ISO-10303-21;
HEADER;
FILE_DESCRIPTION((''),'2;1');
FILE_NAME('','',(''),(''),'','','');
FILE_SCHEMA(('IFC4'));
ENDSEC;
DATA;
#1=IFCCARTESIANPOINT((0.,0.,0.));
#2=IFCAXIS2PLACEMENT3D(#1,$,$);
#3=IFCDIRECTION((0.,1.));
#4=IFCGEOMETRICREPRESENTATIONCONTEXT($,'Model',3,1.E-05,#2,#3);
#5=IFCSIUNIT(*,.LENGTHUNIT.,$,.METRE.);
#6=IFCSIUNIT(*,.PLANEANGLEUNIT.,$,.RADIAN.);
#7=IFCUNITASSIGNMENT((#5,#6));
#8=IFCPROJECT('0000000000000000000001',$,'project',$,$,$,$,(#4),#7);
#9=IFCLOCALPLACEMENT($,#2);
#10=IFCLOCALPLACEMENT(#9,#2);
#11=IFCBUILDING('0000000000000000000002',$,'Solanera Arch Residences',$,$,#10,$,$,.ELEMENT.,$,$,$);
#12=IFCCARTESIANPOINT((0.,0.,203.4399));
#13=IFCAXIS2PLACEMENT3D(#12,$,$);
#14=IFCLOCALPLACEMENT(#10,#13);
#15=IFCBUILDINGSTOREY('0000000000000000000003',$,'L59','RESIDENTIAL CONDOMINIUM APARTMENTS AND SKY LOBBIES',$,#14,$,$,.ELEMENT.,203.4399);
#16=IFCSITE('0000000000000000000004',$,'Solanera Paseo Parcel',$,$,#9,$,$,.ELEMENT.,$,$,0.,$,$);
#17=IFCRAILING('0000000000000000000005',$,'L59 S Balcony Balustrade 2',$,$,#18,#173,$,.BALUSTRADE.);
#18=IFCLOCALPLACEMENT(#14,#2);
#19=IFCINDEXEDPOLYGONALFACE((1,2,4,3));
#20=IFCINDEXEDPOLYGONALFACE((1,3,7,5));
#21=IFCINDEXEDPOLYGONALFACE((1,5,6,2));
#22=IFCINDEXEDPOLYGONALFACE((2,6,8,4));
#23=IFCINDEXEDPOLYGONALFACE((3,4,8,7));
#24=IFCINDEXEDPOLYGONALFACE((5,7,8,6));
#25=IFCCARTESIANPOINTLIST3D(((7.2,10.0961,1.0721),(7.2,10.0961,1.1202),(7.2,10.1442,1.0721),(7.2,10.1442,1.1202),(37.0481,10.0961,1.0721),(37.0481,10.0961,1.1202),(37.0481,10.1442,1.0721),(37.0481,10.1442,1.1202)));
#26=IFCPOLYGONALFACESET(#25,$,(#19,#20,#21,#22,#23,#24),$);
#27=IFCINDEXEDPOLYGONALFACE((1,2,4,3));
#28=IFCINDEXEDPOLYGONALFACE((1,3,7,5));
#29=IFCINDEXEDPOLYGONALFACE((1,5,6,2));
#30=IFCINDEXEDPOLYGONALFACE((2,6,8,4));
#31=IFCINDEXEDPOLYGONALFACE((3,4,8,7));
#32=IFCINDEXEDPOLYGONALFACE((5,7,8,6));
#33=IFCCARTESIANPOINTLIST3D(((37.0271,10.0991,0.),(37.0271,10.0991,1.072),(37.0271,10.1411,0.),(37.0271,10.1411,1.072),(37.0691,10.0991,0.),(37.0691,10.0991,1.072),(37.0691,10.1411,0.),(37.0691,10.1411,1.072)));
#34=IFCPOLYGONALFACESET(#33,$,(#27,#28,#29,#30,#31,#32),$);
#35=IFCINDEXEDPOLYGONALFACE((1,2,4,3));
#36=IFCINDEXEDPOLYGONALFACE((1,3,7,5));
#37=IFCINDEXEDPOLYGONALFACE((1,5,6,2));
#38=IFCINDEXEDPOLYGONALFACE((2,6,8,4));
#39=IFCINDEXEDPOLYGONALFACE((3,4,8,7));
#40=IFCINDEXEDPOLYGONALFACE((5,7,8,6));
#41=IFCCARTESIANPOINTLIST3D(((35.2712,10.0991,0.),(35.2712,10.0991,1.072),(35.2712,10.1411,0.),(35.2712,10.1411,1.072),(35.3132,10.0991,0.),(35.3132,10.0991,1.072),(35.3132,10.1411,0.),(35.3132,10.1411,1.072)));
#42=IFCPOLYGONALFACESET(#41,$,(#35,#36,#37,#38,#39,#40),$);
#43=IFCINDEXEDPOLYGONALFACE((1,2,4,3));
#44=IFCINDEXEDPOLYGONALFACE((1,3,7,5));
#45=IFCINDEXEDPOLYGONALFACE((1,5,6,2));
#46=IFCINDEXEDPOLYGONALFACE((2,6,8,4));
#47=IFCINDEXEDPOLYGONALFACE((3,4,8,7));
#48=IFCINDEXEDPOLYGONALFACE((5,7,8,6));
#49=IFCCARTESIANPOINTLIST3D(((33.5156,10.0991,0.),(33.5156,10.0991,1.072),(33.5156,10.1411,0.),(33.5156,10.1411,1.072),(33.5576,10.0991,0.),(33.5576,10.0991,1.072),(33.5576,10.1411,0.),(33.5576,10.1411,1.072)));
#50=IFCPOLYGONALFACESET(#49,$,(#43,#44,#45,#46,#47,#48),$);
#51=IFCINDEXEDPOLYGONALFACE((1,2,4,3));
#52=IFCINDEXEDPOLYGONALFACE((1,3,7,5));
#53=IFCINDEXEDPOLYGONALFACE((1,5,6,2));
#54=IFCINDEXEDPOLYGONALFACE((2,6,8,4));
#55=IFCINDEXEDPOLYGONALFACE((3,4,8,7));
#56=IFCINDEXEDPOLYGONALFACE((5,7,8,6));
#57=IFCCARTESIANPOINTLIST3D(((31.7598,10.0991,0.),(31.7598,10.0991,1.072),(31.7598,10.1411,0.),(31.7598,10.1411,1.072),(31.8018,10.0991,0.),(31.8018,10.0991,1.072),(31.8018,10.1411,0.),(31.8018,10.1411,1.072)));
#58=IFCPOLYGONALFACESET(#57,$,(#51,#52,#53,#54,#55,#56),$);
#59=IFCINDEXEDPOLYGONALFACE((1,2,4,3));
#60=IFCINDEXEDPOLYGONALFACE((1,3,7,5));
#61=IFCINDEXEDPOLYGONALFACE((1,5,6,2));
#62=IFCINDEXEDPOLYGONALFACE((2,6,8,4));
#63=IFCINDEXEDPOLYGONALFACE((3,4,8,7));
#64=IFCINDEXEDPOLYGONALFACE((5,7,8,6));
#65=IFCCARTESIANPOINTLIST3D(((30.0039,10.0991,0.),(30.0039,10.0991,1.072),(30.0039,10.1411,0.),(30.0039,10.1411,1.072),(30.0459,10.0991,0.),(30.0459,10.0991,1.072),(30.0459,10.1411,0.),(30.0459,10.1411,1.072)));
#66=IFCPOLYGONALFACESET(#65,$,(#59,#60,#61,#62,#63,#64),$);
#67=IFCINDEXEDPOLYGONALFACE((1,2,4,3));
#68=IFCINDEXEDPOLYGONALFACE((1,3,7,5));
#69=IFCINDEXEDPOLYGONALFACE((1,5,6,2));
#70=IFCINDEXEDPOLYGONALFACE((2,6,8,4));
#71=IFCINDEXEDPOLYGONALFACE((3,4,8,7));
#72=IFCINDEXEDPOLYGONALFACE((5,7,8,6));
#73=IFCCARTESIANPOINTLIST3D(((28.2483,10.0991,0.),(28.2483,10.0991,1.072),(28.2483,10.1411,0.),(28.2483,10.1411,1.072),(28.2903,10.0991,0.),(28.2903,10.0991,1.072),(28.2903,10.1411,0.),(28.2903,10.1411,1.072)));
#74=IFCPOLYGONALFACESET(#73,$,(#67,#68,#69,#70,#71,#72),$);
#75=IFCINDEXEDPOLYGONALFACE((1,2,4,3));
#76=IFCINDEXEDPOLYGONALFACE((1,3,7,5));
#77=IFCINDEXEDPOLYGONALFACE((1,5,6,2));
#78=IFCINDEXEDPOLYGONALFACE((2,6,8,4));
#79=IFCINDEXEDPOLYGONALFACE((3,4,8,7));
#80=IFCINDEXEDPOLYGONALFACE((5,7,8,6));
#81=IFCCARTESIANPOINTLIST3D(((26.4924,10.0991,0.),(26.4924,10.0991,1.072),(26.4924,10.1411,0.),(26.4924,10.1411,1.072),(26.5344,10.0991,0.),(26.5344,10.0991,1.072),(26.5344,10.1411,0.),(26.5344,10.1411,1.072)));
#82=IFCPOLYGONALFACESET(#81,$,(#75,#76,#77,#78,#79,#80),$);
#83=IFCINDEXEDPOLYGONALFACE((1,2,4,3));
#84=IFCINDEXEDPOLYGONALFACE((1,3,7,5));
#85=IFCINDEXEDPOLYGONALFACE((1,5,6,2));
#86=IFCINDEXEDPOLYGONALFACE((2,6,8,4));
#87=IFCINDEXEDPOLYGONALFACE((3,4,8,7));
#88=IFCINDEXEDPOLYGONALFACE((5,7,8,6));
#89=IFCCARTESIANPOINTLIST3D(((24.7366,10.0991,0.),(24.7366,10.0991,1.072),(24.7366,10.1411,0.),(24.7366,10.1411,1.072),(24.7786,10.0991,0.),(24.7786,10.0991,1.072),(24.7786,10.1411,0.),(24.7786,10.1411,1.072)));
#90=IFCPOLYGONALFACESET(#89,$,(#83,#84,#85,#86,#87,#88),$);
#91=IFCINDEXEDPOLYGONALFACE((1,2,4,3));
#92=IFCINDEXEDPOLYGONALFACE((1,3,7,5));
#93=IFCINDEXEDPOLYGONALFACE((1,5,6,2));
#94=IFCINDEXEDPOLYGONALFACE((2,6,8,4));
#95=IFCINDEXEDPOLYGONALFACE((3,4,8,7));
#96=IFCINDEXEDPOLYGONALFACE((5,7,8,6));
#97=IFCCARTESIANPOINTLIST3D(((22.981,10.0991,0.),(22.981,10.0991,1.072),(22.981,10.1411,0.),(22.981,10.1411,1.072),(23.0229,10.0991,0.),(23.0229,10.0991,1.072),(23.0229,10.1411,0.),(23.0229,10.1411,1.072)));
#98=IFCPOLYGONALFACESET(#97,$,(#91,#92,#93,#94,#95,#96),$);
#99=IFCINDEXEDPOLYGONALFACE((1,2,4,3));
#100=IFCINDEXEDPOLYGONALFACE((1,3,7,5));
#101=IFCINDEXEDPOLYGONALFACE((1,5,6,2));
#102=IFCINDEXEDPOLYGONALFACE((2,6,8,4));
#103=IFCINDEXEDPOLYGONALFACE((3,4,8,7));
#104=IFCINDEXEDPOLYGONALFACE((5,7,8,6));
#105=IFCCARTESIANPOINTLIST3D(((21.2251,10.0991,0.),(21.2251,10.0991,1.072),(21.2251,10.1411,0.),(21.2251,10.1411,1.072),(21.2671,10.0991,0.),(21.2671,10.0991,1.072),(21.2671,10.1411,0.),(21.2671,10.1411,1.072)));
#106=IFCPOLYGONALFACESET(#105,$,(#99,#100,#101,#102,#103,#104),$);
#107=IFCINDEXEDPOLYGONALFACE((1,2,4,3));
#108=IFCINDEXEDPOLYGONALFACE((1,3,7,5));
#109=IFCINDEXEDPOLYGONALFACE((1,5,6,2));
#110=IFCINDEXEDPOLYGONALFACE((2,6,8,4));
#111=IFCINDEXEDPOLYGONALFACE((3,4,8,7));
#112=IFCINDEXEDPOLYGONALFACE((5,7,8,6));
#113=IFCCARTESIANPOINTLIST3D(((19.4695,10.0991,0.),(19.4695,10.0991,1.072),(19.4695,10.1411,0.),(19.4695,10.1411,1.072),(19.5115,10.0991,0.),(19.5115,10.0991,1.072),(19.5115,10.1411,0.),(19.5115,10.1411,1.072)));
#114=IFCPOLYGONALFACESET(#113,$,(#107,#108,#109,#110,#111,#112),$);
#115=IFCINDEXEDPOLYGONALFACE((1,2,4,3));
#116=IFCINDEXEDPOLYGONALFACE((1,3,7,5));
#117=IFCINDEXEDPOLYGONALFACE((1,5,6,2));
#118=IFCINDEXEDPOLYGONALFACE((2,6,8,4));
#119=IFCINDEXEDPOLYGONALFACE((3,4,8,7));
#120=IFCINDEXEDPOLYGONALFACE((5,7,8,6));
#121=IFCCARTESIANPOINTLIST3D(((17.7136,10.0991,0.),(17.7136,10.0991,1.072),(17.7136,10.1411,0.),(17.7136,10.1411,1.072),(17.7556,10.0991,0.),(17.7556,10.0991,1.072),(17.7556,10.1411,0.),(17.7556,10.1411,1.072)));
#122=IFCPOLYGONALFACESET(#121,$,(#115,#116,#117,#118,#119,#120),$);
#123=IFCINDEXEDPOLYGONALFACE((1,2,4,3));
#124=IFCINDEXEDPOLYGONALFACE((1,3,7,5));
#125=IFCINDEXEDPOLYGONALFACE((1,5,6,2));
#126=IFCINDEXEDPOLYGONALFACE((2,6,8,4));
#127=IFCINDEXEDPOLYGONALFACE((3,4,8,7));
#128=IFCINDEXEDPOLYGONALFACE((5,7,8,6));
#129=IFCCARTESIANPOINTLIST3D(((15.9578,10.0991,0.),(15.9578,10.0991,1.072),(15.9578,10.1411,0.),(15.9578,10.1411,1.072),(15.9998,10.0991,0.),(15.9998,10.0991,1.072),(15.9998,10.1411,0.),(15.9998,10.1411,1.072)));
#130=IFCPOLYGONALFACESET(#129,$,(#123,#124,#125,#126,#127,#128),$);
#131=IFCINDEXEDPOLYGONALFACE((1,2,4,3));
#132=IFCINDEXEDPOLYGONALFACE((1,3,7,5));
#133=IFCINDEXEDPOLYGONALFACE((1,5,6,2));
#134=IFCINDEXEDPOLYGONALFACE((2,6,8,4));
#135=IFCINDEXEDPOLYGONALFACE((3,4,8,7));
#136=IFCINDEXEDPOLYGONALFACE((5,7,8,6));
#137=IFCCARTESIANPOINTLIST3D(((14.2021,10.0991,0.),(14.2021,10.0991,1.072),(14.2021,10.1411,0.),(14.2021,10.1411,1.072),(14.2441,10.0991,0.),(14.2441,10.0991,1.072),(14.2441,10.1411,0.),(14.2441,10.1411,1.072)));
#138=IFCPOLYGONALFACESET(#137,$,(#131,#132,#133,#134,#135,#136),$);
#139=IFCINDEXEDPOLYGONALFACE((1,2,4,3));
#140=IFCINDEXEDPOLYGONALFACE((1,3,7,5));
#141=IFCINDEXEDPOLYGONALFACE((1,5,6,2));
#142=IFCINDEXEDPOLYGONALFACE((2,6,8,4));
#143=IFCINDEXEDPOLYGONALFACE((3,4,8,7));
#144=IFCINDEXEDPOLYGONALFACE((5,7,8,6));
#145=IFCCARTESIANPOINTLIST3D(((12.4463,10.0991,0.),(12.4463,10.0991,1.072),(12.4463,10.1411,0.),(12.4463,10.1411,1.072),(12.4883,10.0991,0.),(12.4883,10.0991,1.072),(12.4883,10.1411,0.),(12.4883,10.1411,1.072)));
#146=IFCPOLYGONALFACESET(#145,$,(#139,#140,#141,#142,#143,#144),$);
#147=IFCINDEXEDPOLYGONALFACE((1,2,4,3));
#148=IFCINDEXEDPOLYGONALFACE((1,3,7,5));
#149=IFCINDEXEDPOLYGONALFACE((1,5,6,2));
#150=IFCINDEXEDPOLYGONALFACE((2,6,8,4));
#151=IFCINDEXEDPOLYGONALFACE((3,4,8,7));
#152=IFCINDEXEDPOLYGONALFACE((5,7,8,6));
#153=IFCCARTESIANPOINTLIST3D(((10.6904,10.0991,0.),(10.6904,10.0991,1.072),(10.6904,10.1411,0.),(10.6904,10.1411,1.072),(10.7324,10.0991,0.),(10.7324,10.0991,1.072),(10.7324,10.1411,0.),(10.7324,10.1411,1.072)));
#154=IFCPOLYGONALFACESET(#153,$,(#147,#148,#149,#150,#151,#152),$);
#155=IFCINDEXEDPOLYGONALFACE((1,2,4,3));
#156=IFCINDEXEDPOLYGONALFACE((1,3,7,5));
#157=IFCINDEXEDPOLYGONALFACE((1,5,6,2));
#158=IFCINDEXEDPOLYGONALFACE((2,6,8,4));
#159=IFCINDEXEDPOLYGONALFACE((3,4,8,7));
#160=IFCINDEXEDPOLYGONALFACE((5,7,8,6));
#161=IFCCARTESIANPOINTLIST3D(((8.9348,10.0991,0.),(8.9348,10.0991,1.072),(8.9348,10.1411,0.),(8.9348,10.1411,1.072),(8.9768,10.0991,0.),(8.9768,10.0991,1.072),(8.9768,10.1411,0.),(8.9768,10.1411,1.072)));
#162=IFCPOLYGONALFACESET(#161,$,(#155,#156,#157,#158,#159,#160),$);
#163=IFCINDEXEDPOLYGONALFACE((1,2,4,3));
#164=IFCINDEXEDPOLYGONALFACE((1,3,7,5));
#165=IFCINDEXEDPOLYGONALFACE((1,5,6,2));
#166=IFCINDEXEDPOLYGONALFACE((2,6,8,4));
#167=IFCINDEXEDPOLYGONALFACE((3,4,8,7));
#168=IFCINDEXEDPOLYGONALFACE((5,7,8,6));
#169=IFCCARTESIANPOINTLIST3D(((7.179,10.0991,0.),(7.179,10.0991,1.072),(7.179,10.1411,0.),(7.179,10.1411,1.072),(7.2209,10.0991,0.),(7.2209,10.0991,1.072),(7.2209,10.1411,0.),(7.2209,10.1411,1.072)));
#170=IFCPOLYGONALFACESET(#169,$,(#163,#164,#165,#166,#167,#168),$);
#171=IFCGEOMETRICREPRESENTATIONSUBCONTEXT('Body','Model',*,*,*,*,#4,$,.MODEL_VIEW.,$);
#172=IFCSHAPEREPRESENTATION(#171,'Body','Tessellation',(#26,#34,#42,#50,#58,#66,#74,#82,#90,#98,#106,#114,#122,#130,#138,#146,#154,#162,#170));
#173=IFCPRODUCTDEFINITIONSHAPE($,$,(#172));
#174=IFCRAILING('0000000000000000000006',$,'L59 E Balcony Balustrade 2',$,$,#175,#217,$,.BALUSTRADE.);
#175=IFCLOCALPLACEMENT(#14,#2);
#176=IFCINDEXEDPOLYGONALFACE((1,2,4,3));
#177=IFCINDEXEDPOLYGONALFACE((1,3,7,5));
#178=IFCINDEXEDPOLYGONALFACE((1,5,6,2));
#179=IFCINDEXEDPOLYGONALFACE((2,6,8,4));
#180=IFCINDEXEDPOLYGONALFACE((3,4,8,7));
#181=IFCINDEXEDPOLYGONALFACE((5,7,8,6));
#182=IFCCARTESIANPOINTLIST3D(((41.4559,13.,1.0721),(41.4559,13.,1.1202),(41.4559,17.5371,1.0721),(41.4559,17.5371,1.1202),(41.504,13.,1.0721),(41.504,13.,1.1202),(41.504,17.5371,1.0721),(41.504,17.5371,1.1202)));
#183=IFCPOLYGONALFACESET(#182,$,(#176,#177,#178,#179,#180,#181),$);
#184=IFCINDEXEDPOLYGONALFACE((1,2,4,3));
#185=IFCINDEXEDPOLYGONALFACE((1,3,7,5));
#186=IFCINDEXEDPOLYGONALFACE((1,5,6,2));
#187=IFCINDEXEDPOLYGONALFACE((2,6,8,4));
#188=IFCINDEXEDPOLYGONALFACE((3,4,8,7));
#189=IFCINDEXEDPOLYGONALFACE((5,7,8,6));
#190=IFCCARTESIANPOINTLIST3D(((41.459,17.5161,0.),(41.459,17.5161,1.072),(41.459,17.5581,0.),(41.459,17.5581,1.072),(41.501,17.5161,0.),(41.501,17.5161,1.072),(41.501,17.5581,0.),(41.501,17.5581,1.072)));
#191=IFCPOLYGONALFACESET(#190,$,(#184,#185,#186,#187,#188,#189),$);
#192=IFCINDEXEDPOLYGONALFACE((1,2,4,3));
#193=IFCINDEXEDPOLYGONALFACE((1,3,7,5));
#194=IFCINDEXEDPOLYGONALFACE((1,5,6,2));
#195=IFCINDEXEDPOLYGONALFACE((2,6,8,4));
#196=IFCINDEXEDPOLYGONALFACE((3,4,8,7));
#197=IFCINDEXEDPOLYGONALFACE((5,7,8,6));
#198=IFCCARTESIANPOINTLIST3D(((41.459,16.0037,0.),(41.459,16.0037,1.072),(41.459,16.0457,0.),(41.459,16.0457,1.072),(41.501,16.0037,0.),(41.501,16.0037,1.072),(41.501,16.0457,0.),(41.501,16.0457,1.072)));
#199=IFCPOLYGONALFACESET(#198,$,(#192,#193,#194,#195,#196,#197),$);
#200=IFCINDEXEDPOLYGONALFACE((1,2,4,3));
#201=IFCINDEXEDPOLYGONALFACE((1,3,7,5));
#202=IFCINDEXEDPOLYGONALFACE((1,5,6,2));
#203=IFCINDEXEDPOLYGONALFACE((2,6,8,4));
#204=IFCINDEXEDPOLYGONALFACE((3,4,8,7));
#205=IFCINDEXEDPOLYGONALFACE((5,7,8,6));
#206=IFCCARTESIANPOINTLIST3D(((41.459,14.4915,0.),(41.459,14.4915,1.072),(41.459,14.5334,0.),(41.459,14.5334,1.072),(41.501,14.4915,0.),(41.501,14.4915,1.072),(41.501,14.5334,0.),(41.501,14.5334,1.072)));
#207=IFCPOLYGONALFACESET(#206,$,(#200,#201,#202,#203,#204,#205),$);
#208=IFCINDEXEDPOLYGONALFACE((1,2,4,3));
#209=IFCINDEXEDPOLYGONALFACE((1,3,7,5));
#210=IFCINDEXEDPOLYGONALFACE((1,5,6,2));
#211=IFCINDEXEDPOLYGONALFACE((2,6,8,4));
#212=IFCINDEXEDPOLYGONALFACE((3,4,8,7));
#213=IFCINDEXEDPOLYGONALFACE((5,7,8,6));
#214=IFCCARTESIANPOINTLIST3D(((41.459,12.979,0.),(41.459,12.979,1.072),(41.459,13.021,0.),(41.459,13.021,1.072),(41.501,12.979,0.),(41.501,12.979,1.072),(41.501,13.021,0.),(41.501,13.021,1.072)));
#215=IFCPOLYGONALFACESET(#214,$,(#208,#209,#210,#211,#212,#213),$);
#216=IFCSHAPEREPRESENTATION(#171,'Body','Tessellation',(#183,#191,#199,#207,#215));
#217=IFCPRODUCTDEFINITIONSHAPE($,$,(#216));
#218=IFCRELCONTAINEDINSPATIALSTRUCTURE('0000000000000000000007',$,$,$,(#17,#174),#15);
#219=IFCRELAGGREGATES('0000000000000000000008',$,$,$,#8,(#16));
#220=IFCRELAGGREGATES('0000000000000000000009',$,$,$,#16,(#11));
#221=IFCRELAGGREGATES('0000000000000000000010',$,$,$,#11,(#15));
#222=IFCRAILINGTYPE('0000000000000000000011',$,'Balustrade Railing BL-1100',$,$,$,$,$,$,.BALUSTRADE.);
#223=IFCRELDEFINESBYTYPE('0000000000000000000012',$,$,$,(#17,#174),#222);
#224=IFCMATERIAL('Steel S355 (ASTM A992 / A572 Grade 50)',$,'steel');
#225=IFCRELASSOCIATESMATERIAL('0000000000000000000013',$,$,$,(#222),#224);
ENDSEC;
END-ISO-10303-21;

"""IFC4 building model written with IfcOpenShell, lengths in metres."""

from ifc_helpers import new_model, si_unit, direction, frame, origin, origin_2d, place, context, subcontext, project, spatial, rectangle, extrude, material, type_object, element, save


model = new_model("IFC4")

# Units and contexts
model_context = context("Model", 3, precision=1e-05, world=origin(), true_north=direction((0.0, 1.0)))
body_context = subcontext(model_context, "Body", "Model", "MODEL_VIEW")
ifc_project = project(units=[si_unit("LENGTHUNIT", "METRE"), si_unit("PLANEANGLEUNIT", "RADIAN")], contexts=[model_context])

# Site, building, storey
site_placement = place(None, origin())
site = spatial("IfcSite", under=ifc_project, at=site_placement, Name="Solanera Paseo Parcel", CompositionType="ELEMENT", RefElevation=0.0)
building_placement = place(site_placement, origin())
building = spatial("IfcBuilding", under=site, at=building_placement, Name="Solanera Arch Residences", CompositionType="ELEMENT")
storey_placement = place(building_placement, frame((0.0, 0.0, 203.4399)))
storey = spatial("IfcBuildingStorey", under=building, at=storey_placement, Name="L59", Description="RESIDENTIAL CONDOMINIUM APARTMENTS AND SKY LOBBIES", CompositionType="ELEMENT", Elevation=203.4399)

# Railings
ifc_material_1 = material(Name="Steel S355 (ASTM A992 / A572 Grade 50)", Category="steel")
railing_type = type_object("IfcRailingType", Name="Balustrade Railing BL-1100", PredefinedType="BALUSTRADE", material=ifc_material_1)
railing_1_placement = place(storey_placement, frame((37.0481, 10.1201, 0.0)))
element("IfcRailing", 1, at=railing_1_placement, inside=storey, type_object=railing_type, Name="L59 S Balcony Balustrade 2", PredefinedType="BALUSTRADE", context=body_context, shape_type="SweptSolid", body=[
    extrude(rectangle(XDim=0.0481, YDim=0.0481, at=origin_2d()), frame((0.0, 0.0, 1.0962), z_axis=(-1.0, 0.0, 0.0), x_axis=(0.0, -1.0, 0.0)), (0.0, 0.0, 1.0), 29.8481),
    extrude(rectangle(XDim=0.042, YDim=0.042, at=origin_2d()), origin(), (0.0, 0.0, 1.0), 1.072),
    extrude(rectangle(XDim=0.042, YDim=0.042, at=origin_2d()), frame((-1.7559, 0.0, 0.0)), (0.0, 0.0, 1.0), 1.072),
    extrude(rectangle(XDim=0.042, YDim=0.042, at=origin_2d()), frame((-3.5115, 0.0, 0.0)), (0.0, 0.0, 1.0), 1.072),
    extrude(rectangle(XDim=0.042, YDim=0.042, at=origin_2d()), frame((-5.2673, 0.0, 0.0)), (0.0, 0.0, 1.0), 1.072),
    extrude(rectangle(XDim=0.042, YDim=0.042, at=origin_2d()), frame((-7.0232, 0.0, 0.0)), (0.0, 0.0, 1.0), 1.072),
    extrude(rectangle(XDim=0.042, YDim=0.042, at=origin_2d()), frame((-8.7788, 0.0, 0.0)), (0.0, 0.0, 1.0), 1.072),
    extrude(rectangle(XDim=0.042, YDim=0.042, at=origin_2d()), frame((-10.5347, 0.0, 0.0)), (0.0, 0.0, 1.0), 1.072),
    extrude(rectangle(XDim=0.042, YDim=0.042, at=origin_2d()), frame((-12.2905, 0.0, 0.0)), (0.0, 0.0, 1.0), 1.072),
    extrude(rectangle(XDim=0.042, YDim=0.042, at=origin_2d()), frame((-14.0461, 0.0, 0.0)), (0.0, 0.0, 1.0), 1.072),
    extrude(rectangle(XDim=0.042, YDim=0.042, at=origin_2d()), frame((-15.802, 0.0, 0.0)), (0.0, 0.0, 1.0), 1.072),
    extrude(rectangle(XDim=0.042, YDim=0.042, at=origin_2d()), frame((-17.5576, 0.0, 0.0)), (0.0, 0.0, 1.0), 1.072),
    extrude(rectangle(XDim=0.042, YDim=0.042, at=origin_2d()), frame((-19.3135, 0.0, 0.0)), (0.0, 0.0, 1.0), 1.072),
    extrude(rectangle(XDim=0.042, YDim=0.042, at=origin_2d()), frame((-21.0693, 0.0, 0.0)), (0.0, 0.0, 1.0), 1.072),
    extrude(rectangle(XDim=0.042, YDim=0.042, at=origin_2d()), frame((-22.825, 0.0, 0.0)), (0.0, 0.0, 1.0), 1.072),
    extrude(rectangle(XDim=0.042, YDim=0.042, at=origin_2d()), frame((-24.5808, 0.0, 0.0)), (0.0, 0.0, 1.0), 1.072),
    extrude(rectangle(XDim=0.042, YDim=0.042, at=origin_2d()), frame((-26.3367, 0.0, 0.0)), (0.0, 0.0, 1.0), 1.072),
    extrude(rectangle(XDim=0.042, YDim=0.042, at=origin_2d()), frame((-28.0923, 0.0, 0.0)), (0.0, 0.0, 1.0), 1.072),
    extrude(rectangle(XDim=0.042, YDim=0.042, at=origin_2d()), frame((-29.8481, 0.0, 0.0)), (0.0, 0.0, 1.0), 1.072),
])
railing_2_placement = place(storey_placement, frame((41.48, 17.5371, 0.0)))
element("IfcRailing", 2, at=railing_2_placement, inside=storey, type_object=railing_type, Name="L59 E Balcony Balustrade 2", PredefinedType="BALUSTRADE", context=body_context, shape_type="SweptSolid", body=[
    extrude(rectangle(XDim=0.0481, YDim=0.0481, at=origin_2d()), frame((0.0, 0.0, 1.0962), z_axis=(0.0, -1.0, 0.0), x_axis=(1.0, 0.0, 0.0)), (0.0, 0.0, 1.0), 4.5371),
    extrude(rectangle(XDim=0.042, YDim=0.042, at=origin_2d()), origin(), (0.0, 0.0, 1.0), 1.072),
    extrude(rectangle(XDim=0.042, YDim=0.042, at=origin_2d()), frame((0.0, -1.5125, 0.0)), (0.0, 0.0, 1.0), 1.072),
    extrude(rectangle(XDim=0.042, YDim=0.042, at=origin_2d()), frame((0.0, -3.0247, 0.0)), (0.0, 0.0, 1.0), 1.072),
    extrude(rectangle(XDim=0.042, YDim=0.042, at=origin_2d()), frame((0.0, -4.5371, 0.0)), (0.0, 0.0, 1.0), 1.072),
])

save(model, "model.ifc")
